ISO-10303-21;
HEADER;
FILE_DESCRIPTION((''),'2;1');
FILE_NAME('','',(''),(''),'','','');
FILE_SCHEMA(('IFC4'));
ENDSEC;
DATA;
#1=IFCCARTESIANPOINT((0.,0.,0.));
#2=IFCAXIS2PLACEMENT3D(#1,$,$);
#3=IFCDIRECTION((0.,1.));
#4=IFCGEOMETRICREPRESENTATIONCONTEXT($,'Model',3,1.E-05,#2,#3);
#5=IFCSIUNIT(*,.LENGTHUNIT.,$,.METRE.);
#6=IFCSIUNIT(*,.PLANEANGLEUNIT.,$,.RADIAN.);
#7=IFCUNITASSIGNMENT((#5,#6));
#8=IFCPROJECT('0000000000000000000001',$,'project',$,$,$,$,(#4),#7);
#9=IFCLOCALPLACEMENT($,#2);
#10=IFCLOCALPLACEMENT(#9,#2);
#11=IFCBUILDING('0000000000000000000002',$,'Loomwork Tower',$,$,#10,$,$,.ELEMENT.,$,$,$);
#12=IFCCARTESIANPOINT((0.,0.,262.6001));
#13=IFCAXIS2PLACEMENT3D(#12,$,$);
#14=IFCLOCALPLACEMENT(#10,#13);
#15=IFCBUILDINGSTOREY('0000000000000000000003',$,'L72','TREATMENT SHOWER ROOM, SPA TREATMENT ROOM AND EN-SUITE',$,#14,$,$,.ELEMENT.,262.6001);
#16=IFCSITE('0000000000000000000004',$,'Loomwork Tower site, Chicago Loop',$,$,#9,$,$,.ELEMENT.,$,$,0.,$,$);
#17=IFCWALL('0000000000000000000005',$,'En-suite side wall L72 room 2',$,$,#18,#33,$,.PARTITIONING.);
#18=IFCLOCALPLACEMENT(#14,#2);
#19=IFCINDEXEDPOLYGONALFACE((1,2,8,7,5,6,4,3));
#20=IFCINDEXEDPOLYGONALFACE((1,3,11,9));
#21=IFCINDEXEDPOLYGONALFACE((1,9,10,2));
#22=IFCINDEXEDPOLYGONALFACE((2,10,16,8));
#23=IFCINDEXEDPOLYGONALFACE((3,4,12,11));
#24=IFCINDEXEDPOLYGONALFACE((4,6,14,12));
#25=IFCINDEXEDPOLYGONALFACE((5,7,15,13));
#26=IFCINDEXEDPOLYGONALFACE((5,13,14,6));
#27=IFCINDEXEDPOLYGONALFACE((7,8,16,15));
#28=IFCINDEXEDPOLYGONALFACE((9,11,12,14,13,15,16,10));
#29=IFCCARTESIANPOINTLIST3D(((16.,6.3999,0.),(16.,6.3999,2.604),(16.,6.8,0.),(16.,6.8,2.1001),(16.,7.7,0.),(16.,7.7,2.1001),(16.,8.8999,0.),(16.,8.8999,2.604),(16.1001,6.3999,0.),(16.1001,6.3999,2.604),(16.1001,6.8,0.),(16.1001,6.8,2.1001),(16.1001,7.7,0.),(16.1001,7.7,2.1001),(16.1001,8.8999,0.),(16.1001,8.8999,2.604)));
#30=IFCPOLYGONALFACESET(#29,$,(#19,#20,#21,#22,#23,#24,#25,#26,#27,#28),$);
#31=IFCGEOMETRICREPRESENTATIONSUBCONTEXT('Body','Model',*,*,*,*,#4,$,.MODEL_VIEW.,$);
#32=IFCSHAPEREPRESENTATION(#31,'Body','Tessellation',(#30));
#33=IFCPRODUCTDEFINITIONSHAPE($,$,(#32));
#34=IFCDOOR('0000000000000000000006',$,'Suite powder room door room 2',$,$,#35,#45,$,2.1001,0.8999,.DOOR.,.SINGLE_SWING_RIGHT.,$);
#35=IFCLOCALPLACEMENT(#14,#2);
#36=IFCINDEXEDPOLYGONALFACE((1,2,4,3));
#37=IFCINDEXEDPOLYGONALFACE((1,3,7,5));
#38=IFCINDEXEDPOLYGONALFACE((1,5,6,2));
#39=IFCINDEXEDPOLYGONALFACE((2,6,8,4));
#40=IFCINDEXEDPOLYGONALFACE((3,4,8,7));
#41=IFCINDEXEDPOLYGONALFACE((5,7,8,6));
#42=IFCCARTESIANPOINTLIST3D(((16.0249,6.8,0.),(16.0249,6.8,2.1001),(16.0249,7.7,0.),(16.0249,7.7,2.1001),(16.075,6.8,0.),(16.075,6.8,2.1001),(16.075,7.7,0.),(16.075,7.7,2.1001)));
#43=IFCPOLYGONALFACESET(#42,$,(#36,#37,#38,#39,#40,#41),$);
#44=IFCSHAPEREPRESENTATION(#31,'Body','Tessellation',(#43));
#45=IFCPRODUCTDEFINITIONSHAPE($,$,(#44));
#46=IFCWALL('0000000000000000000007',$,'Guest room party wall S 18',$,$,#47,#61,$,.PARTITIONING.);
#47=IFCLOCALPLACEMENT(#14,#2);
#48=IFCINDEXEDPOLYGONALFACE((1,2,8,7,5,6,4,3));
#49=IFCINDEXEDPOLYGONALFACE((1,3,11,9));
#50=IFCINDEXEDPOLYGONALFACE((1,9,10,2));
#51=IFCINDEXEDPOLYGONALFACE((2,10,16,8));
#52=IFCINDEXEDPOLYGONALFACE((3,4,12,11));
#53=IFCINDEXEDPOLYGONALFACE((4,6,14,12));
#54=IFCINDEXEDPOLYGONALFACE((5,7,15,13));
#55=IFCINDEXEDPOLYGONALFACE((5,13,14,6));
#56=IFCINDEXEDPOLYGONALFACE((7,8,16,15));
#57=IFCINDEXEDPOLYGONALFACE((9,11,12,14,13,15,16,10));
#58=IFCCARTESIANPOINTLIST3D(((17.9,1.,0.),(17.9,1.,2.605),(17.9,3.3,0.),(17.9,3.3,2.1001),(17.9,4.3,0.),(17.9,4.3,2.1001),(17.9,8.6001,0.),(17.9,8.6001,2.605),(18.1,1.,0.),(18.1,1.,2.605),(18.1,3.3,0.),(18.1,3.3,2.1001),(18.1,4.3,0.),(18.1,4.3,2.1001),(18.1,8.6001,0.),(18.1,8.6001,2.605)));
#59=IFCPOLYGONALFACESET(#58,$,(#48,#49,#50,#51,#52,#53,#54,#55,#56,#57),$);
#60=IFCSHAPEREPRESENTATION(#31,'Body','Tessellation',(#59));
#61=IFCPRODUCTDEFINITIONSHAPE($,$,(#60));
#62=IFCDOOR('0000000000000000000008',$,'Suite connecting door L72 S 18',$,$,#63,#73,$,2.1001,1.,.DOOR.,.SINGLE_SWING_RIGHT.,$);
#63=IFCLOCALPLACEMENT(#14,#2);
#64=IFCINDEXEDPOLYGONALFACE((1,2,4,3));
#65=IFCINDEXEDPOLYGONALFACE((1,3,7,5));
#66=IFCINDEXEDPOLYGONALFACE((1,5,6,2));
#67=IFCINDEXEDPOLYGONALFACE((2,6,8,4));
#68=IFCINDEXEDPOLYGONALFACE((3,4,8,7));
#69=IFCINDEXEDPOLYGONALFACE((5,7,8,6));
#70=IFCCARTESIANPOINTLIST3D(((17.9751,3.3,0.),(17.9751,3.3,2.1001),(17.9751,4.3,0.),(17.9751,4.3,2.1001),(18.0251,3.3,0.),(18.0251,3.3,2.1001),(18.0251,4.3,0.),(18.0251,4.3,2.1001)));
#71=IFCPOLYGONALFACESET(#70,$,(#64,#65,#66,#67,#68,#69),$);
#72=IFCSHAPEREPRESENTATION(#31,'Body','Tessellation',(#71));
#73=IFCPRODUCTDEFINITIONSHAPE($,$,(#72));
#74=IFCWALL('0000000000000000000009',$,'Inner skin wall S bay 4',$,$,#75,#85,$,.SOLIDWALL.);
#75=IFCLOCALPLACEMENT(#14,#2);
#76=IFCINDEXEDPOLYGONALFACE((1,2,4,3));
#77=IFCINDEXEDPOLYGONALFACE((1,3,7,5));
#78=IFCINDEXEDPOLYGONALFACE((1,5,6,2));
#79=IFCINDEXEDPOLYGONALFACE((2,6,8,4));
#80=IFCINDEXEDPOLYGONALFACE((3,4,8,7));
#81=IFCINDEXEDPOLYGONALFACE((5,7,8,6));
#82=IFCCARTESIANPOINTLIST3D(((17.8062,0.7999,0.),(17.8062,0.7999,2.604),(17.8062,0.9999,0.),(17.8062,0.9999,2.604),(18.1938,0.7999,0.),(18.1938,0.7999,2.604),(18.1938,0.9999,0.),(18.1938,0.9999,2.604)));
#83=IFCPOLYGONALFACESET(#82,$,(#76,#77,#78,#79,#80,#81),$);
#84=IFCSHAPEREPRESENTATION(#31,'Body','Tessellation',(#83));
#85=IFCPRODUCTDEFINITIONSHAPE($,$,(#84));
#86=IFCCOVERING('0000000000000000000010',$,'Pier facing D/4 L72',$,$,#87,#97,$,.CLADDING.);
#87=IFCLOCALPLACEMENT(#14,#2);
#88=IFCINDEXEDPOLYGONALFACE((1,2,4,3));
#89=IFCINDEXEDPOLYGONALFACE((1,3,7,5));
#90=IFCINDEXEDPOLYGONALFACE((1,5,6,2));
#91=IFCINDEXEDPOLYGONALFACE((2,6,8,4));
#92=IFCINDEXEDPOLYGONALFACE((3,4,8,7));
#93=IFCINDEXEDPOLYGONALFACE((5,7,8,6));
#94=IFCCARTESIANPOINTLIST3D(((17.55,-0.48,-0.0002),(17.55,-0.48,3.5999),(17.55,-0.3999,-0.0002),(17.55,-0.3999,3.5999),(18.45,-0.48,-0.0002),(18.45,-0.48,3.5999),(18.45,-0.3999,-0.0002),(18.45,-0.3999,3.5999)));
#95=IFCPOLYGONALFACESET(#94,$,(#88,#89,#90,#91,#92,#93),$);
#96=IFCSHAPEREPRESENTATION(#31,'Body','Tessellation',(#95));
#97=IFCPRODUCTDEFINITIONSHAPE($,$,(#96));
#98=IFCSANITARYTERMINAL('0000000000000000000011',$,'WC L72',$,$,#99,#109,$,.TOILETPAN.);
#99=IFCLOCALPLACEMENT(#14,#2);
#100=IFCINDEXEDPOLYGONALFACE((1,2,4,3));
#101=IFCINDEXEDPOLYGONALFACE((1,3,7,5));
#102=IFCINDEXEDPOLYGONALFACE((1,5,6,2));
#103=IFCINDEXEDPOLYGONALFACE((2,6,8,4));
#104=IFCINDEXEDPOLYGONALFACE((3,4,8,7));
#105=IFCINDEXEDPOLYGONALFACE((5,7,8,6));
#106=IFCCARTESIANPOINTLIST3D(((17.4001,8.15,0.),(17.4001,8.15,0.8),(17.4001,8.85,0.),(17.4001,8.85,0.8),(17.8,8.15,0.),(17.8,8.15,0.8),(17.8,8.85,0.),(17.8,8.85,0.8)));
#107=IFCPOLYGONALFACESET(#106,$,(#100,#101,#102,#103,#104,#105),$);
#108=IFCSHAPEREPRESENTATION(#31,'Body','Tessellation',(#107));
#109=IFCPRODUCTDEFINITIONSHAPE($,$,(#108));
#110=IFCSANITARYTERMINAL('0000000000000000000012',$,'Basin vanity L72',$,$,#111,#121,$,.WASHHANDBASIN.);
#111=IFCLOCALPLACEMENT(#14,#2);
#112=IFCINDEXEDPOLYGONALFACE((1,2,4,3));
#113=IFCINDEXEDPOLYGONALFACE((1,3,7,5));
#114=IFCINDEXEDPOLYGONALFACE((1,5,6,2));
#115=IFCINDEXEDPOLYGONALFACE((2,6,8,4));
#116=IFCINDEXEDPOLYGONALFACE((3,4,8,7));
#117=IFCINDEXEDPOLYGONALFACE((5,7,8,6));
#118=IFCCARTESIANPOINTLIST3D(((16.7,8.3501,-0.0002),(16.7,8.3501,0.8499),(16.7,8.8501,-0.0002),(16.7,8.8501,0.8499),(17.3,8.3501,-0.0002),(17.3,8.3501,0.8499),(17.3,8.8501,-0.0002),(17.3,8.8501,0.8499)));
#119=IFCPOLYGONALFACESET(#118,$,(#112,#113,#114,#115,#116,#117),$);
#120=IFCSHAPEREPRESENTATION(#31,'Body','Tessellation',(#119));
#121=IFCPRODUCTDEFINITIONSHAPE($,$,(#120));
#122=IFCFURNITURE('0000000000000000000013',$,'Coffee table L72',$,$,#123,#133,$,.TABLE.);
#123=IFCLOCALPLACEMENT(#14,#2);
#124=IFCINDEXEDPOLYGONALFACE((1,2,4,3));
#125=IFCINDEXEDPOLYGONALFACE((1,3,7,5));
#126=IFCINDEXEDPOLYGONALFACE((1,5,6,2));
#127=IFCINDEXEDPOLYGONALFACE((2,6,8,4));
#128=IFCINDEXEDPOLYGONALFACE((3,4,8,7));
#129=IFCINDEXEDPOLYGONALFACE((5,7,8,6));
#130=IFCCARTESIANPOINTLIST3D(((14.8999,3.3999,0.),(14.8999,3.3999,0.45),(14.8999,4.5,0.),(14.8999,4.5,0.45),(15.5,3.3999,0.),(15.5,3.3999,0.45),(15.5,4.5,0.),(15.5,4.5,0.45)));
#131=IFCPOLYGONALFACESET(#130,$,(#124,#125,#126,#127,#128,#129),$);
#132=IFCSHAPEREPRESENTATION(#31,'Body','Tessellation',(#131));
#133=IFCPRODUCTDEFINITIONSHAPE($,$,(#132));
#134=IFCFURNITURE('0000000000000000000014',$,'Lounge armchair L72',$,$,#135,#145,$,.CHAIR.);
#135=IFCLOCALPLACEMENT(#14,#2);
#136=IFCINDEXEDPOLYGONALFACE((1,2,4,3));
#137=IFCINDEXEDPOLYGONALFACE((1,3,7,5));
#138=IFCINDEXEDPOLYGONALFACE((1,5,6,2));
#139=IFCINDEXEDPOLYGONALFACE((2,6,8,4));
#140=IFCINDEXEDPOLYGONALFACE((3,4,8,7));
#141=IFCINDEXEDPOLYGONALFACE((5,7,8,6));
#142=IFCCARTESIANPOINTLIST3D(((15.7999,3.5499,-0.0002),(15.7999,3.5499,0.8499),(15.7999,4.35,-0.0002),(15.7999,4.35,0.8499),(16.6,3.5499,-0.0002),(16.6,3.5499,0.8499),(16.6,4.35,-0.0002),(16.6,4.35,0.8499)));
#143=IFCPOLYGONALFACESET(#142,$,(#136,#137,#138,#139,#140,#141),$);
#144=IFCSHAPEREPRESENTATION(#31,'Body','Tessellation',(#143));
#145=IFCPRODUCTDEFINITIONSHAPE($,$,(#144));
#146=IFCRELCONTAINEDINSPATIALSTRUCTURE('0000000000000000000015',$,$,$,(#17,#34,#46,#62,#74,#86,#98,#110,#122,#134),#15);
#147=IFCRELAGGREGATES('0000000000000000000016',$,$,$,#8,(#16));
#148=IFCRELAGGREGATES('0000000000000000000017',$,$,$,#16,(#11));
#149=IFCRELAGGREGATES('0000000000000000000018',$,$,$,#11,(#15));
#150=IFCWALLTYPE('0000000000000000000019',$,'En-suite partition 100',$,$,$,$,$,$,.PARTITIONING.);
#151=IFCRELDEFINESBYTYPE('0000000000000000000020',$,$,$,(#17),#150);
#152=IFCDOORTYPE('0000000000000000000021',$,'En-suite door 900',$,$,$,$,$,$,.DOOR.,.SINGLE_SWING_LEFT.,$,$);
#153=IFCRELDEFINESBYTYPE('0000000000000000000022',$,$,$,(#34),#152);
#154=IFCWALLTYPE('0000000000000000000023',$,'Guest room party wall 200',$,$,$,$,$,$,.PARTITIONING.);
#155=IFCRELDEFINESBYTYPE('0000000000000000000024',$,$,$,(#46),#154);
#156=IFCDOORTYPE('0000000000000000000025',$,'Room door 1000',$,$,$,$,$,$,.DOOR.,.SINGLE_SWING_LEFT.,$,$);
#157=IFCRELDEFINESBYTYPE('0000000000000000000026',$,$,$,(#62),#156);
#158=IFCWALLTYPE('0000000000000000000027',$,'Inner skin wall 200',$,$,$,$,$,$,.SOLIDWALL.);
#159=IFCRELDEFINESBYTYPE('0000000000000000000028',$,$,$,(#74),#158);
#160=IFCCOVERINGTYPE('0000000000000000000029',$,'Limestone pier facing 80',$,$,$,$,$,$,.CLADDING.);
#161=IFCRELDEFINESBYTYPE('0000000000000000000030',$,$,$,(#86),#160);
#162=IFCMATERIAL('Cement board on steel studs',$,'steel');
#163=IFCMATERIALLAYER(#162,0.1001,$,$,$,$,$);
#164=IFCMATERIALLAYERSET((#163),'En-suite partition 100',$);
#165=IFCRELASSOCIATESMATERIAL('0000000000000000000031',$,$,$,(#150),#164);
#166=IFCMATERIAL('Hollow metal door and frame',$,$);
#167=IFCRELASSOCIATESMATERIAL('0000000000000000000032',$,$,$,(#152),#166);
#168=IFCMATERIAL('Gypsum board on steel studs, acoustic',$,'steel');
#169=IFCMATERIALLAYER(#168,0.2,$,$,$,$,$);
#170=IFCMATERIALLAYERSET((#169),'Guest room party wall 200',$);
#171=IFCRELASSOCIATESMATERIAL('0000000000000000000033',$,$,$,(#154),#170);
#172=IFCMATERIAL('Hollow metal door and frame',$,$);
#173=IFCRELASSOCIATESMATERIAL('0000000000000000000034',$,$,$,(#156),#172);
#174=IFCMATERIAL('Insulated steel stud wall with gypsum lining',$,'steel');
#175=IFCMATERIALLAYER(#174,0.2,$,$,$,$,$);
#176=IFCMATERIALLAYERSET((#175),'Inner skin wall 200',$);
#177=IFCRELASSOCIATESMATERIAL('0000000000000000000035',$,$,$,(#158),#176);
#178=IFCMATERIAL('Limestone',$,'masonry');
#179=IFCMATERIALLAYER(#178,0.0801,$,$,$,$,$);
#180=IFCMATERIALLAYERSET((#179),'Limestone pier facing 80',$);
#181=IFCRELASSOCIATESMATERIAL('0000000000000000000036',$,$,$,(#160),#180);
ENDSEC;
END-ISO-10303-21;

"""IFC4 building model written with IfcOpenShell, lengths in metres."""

from ifc_helpers import new_model, si_unit, direction, frame, frame_2d, origin, origin_2d, place, context, subcontext, project, spatial, rectangle, extrude, material, layer, layer_set, type_object, element, fill, save


model = new_model("IFC4")

# Units and contexts
model_context = context("Model", 3, precision=1e-05, world=origin(), true_north=direction((0.0, 1.0)))
body_context = subcontext(model_context, "Body", "Model", "MODEL_VIEW")
ifc_project = project(units=[si_unit("LENGTHUNIT", "METRE"), si_unit("PLANEANGLEUNIT", "RADIAN")], contexts=[model_context])

# Site, building, storey
site_placement = place(None, origin())
site = spatial("IfcSite", under=ifc_project, at=site_placement, Name="Loomwork Tower site, Chicago Loop", CompositionType="ELEMENT", RefElevation=0.0)
building_placement = place(site_placement, origin())
building = spatial("IfcBuilding", under=site, at=building_placement, Name="Loomwork Tower", CompositionType="ELEMENT")
storey_placement = place(building_placement, frame((0.0, 0.0, 262.6001)))
storey = spatial("IfcBuildingStorey", under=building, at=storey_placement, Name="L72", Description="TREATMENT SHOWER ROOM, SPA TREATMENT ROOM AND EN-SUITE", CompositionType="ELEMENT", Elevation=262.6001)

# Shared definitions
ifc_material_1 = material(Name="Cement board on steel studs", Category="steel")
ifc_layer_1 = layer(ifc_material_1, 0.1001)
ifc_layer_set_1 = layer_set([ifc_layer_1], Name="En-suite partition 100")
wall_type_1 = type_object("IfcWallType", Name="En-suite partition 100", PredefinedType="PARTITIONING", material=ifc_layer_set_1)

# Walls, openings, doors
wall_1_placement = place(storey_placement, frame((16.05, 8.8999, 0.0), z_axis=(0.0, 0.0, 1.0), x_axis=(0.0, -1.0, 0.0)))
wall_1 = element("IfcWall", 1, at=wall_1_placement, inside=storey, type_object=wall_type_1, Name="En-suite side wall L72 room 2", PredefinedType="PARTITIONING", context=body_context, shape_type="SweptSolid", body=[
    extrude(rectangle(XDim=2.5, YDim=0.1001, at=frame_2d((1.25, 0.0))), origin(), (0.0, 0.0, 1.0), 2.604),
])
opening_1_placement = place(wall_1_placement, frame((1.2, 0.0, 0.0)))
opening_1 = element("IfcOpeningElement", 2, at=opening_1_placement, cuts=wall_1, PredefinedType="OPENING", context=body_context, shape_type="SweptSolid", body=[
    extrude(rectangle(XDim=0.8999, YDim=2.1001, at=frame_2d((0.45, 1.05))), frame((0.0, 0.0601, 0.0), z_axis=(0.0, -1.0, 0.0), x_axis=(1.0, 0.0, 0.0)), (0.0, 0.0, 1.0), 0.1201),
])
ifc_material_2 = material(Name="Hollow metal door and frame")
door_type_1 = type_object("IfcDoorType", Name="En-suite door 900", OperationType="SINGLE_SWING_LEFT", PredefinedType="DOOR", material=ifc_material_2)
door_1_placement = place(opening_1_placement, origin())
door_1 = element("IfcDoor", 3, at=door_1_placement, inside=storey, type_object=door_type_1, Name="Suite powder room door room 2", OperationType="SINGLE_SWING_RIGHT", OverallHeight=2.1001, OverallWidth=0.8999, PredefinedType="DOOR", context=body_context, shape_type="SweptSolid", body=[
    extrude(rectangle(XDim=0.8999, YDim=2.1001, at=frame_2d((0.45, 1.05))), frame((0.0, 0.0249, 0.0), z_axis=(0.0, -1.0, 0.0), x_axis=(1.0, 0.0, 0.0)), (0.0, 0.0, 1.0), 0.05),
])
fill(opening_1, door_1)
ifc_material_3 = material(Name="Gypsum board on steel studs, acoustic", Category="steel")
ifc_layer_2 = layer(ifc_material_3, 0.2)
ifc_layer_set_2 = layer_set([ifc_layer_2], Name="Guest room party wall 200")
wall_type_2 = type_object("IfcWallType", Name="Guest room party wall 200", PredefinedType="PARTITIONING", material=ifc_layer_set_2)
wall_2_placement = place(storey_placement, frame((18.0, 8.6001, 0.0), z_axis=(0.0, 0.0, 1.0), x_axis=(0.0, -1.0, 0.0)))
wall_2 = element("IfcWall", 4, at=wall_2_placement, inside=storey, type_object=wall_type_2, Name="Guest room party wall S 18", PredefinedType="PARTITIONING", context=body_context, shape_type="SweptSolid", body=[
    extrude(rectangle(XDim=7.6001, YDim=0.2, at=frame_2d((3.8, 0.0))), origin(), (0.0, 0.0, 1.0), 2.605),
])
opening_2_placement = place(wall_2_placement, frame((4.3, 0.0, 0.0)))
opening_2 = element("IfcOpeningElement", 5, at=opening_2_placement, cuts=wall_2, PredefinedType="OPENING", context=body_context, shape_type="SweptSolid", body=[
    extrude(rectangle(XDim=1.0, YDim=2.1001, at=frame_2d((0.5, 1.05))), frame((0.0, 0.1099, 0.0), z_axis=(0.0, -1.0, 0.0), x_axis=(1.0, 0.0, 0.0)), (0.0, 0.0, 1.0), 0.22),
])
ifc_material_4 = material(Name="Hollow metal door and frame")
door_type_2 = type_object("IfcDoorType", Name="Room door 1000", OperationType="SINGLE_SWING_LEFT", PredefinedType="DOOR", material=ifc_material_4)
door_2_placement = place(opening_2_placement, frame((1.0, 0.0, 0.0), z_axis=(0.0, 0.0, 1.0), x_axis=(-1.0, 0.0, 0.0)))
door_2 = element("IfcDoor", 6, at=door_2_placement, inside=storey, type_object=door_type_2, Name="Suite connecting door L72 S 18", OperationType="SINGLE_SWING_RIGHT", OverallHeight=2.1001, OverallWidth=1.0, PredefinedType="DOOR", context=body_context, shape_type="SweptSolid", body=[
    extrude(rectangle(XDim=1.0, YDim=2.1001, at=frame_2d((0.5, 1.05))), frame((0.0, 0.0249, 0.0), z_axis=(0.0, -1.0, 0.0), x_axis=(1.0, 0.0, 0.0)), (0.0, 0.0, 1.0), 0.05),
])
fill(opening_2, door_2)

# Wall
ifc_material_5 = material(Name="Insulated steel stud wall with gypsum lining", Category="steel")
ifc_layer_3 = layer(ifc_material_5, 0.2)
ifc_layer_set_3 = layer_set([ifc_layer_3], Name="Inner skin wall 200")
wall_type_3 = type_object("IfcWallType", Name="Inner skin wall 200", PredefinedType="SOLIDWALL", material=ifc_layer_set_3)
wall_3_placement = place(storey_placement, frame((17.8062, 0.8999, 0.0), z_axis=(0.0, 0.0, 1.0), x_axis=(1.0, 0.0, 0.0)))
element("IfcWall", 7, at=wall_3_placement, inside=storey, type_object=wall_type_3, Name="Inner skin wall S bay 4", PredefinedType="SOLIDWALL", context=body_context, shape_type="SweptSolid", body=[
    extrude(rectangle(XDim=0.3877, YDim=0.2, at=frame_2d((0.1938, 0.0))), origin(), (0.0, 0.0, 1.0), 2.604),
])

# Covering
ifc_material_6 = material(Name="Limestone", Category="masonry")
ifc_layer_4 = layer(ifc_material_6, 0.0801)
ifc_layer_set_4 = layer_set([ifc_layer_4], Name="Limestone pier facing 80")
covering_type = type_object("IfcCoveringType", Name="Limestone pier facing 80", PredefinedType="CLADDING", material=ifc_layer_set_4)
covering_placement = place(storey_placement, frame((18.0, -0.4399, -0.0002), z_axis=(0.0, 0.0, 1.0), x_axis=(1.0, 0.0, 0.0)))
element("IfcCovering", 8, at=covering_placement, inside=storey, type_object=covering_type, Name="Pier facing D/4 L72", PredefinedType="CLADDING", context=body_context, shape_type="SweptSolid", body=[
    extrude(rectangle(XDim=0.8999, YDim=0.0801, at=origin_2d()), origin(), (0.0, 0.0, 1.0), 3.6001),
])

# Sanitary terminals
sanitary_terminal_1_placement = place(storey_placement, frame((17.6001, 8.5, 0.0), z_axis=(0.0, 0.0, 1.0), x_axis=(1.0, 0.0, 0.0)))
element("IfcSanitaryTerminal", 9, at=sanitary_terminal_1_placement, inside=storey, Name="WC L72", PredefinedType="TOILETPAN", context=body_context, shape_type="SweptSolid", body=[
    extrude(rectangle(XDim=0.3999, YDim=0.7, at=origin_2d()), origin(), (0.0, 0.0, 1.0), 0.8),
])
sanitary_terminal_2_placement = place(storey_placement, frame((17.0, 8.6001, -0.0002), z_axis=(0.0, 0.0, 1.0), x_axis=(1.0, 0.0, 0.0)))
element("IfcSanitaryTerminal", 10, at=sanitary_terminal_2_placement, inside=storey, Name="Basin vanity L72", PredefinedType="WASHHANDBASIN", context=body_context, shape_type="SweptSolid", body=[
    extrude(rectangle(XDim=0.6001, YDim=0.5, at=origin_2d()), origin(), (0.0, 0.0, 1.0), 0.8501),
])

# Furniture
furniture_1_placement = place(storey_placement, frame((15.2, 3.95, 0.0), z_axis=(0.0, 0.0, 1.0), x_axis=(1.0, 0.0, 0.0)))
element("IfcFurniture", 11, at=furniture_1_placement, inside=storey, Name="Coffee table L72", PredefinedType="TABLE", context=body_context, shape_type="SweptSolid", body=[
    extrude(rectangle(XDim=0.6001, YDim=1.1001, at=origin_2d()), origin(), (0.0, 0.0, 1.0), 0.45),
])
furniture_2_placement = place(storey_placement, frame((16.2, 3.95, -0.0002), z_axis=(0.0, 0.0, 1.0), x_axis=(1.0, 0.0, 0.0)))
element("IfcFurniture", 12, at=furniture_2_placement, inside=storey, Name="Lounge armchair L72", PredefinedType="CHAIR", context=body_context, shape_type="SweptSolid", body=[
    extrude(rectangle(XDim=0.8, YDim=0.8, at=origin_2d()), origin(), (0.0, 0.0, 1.0), 0.8501),
])

save(model, "model.ifc")
